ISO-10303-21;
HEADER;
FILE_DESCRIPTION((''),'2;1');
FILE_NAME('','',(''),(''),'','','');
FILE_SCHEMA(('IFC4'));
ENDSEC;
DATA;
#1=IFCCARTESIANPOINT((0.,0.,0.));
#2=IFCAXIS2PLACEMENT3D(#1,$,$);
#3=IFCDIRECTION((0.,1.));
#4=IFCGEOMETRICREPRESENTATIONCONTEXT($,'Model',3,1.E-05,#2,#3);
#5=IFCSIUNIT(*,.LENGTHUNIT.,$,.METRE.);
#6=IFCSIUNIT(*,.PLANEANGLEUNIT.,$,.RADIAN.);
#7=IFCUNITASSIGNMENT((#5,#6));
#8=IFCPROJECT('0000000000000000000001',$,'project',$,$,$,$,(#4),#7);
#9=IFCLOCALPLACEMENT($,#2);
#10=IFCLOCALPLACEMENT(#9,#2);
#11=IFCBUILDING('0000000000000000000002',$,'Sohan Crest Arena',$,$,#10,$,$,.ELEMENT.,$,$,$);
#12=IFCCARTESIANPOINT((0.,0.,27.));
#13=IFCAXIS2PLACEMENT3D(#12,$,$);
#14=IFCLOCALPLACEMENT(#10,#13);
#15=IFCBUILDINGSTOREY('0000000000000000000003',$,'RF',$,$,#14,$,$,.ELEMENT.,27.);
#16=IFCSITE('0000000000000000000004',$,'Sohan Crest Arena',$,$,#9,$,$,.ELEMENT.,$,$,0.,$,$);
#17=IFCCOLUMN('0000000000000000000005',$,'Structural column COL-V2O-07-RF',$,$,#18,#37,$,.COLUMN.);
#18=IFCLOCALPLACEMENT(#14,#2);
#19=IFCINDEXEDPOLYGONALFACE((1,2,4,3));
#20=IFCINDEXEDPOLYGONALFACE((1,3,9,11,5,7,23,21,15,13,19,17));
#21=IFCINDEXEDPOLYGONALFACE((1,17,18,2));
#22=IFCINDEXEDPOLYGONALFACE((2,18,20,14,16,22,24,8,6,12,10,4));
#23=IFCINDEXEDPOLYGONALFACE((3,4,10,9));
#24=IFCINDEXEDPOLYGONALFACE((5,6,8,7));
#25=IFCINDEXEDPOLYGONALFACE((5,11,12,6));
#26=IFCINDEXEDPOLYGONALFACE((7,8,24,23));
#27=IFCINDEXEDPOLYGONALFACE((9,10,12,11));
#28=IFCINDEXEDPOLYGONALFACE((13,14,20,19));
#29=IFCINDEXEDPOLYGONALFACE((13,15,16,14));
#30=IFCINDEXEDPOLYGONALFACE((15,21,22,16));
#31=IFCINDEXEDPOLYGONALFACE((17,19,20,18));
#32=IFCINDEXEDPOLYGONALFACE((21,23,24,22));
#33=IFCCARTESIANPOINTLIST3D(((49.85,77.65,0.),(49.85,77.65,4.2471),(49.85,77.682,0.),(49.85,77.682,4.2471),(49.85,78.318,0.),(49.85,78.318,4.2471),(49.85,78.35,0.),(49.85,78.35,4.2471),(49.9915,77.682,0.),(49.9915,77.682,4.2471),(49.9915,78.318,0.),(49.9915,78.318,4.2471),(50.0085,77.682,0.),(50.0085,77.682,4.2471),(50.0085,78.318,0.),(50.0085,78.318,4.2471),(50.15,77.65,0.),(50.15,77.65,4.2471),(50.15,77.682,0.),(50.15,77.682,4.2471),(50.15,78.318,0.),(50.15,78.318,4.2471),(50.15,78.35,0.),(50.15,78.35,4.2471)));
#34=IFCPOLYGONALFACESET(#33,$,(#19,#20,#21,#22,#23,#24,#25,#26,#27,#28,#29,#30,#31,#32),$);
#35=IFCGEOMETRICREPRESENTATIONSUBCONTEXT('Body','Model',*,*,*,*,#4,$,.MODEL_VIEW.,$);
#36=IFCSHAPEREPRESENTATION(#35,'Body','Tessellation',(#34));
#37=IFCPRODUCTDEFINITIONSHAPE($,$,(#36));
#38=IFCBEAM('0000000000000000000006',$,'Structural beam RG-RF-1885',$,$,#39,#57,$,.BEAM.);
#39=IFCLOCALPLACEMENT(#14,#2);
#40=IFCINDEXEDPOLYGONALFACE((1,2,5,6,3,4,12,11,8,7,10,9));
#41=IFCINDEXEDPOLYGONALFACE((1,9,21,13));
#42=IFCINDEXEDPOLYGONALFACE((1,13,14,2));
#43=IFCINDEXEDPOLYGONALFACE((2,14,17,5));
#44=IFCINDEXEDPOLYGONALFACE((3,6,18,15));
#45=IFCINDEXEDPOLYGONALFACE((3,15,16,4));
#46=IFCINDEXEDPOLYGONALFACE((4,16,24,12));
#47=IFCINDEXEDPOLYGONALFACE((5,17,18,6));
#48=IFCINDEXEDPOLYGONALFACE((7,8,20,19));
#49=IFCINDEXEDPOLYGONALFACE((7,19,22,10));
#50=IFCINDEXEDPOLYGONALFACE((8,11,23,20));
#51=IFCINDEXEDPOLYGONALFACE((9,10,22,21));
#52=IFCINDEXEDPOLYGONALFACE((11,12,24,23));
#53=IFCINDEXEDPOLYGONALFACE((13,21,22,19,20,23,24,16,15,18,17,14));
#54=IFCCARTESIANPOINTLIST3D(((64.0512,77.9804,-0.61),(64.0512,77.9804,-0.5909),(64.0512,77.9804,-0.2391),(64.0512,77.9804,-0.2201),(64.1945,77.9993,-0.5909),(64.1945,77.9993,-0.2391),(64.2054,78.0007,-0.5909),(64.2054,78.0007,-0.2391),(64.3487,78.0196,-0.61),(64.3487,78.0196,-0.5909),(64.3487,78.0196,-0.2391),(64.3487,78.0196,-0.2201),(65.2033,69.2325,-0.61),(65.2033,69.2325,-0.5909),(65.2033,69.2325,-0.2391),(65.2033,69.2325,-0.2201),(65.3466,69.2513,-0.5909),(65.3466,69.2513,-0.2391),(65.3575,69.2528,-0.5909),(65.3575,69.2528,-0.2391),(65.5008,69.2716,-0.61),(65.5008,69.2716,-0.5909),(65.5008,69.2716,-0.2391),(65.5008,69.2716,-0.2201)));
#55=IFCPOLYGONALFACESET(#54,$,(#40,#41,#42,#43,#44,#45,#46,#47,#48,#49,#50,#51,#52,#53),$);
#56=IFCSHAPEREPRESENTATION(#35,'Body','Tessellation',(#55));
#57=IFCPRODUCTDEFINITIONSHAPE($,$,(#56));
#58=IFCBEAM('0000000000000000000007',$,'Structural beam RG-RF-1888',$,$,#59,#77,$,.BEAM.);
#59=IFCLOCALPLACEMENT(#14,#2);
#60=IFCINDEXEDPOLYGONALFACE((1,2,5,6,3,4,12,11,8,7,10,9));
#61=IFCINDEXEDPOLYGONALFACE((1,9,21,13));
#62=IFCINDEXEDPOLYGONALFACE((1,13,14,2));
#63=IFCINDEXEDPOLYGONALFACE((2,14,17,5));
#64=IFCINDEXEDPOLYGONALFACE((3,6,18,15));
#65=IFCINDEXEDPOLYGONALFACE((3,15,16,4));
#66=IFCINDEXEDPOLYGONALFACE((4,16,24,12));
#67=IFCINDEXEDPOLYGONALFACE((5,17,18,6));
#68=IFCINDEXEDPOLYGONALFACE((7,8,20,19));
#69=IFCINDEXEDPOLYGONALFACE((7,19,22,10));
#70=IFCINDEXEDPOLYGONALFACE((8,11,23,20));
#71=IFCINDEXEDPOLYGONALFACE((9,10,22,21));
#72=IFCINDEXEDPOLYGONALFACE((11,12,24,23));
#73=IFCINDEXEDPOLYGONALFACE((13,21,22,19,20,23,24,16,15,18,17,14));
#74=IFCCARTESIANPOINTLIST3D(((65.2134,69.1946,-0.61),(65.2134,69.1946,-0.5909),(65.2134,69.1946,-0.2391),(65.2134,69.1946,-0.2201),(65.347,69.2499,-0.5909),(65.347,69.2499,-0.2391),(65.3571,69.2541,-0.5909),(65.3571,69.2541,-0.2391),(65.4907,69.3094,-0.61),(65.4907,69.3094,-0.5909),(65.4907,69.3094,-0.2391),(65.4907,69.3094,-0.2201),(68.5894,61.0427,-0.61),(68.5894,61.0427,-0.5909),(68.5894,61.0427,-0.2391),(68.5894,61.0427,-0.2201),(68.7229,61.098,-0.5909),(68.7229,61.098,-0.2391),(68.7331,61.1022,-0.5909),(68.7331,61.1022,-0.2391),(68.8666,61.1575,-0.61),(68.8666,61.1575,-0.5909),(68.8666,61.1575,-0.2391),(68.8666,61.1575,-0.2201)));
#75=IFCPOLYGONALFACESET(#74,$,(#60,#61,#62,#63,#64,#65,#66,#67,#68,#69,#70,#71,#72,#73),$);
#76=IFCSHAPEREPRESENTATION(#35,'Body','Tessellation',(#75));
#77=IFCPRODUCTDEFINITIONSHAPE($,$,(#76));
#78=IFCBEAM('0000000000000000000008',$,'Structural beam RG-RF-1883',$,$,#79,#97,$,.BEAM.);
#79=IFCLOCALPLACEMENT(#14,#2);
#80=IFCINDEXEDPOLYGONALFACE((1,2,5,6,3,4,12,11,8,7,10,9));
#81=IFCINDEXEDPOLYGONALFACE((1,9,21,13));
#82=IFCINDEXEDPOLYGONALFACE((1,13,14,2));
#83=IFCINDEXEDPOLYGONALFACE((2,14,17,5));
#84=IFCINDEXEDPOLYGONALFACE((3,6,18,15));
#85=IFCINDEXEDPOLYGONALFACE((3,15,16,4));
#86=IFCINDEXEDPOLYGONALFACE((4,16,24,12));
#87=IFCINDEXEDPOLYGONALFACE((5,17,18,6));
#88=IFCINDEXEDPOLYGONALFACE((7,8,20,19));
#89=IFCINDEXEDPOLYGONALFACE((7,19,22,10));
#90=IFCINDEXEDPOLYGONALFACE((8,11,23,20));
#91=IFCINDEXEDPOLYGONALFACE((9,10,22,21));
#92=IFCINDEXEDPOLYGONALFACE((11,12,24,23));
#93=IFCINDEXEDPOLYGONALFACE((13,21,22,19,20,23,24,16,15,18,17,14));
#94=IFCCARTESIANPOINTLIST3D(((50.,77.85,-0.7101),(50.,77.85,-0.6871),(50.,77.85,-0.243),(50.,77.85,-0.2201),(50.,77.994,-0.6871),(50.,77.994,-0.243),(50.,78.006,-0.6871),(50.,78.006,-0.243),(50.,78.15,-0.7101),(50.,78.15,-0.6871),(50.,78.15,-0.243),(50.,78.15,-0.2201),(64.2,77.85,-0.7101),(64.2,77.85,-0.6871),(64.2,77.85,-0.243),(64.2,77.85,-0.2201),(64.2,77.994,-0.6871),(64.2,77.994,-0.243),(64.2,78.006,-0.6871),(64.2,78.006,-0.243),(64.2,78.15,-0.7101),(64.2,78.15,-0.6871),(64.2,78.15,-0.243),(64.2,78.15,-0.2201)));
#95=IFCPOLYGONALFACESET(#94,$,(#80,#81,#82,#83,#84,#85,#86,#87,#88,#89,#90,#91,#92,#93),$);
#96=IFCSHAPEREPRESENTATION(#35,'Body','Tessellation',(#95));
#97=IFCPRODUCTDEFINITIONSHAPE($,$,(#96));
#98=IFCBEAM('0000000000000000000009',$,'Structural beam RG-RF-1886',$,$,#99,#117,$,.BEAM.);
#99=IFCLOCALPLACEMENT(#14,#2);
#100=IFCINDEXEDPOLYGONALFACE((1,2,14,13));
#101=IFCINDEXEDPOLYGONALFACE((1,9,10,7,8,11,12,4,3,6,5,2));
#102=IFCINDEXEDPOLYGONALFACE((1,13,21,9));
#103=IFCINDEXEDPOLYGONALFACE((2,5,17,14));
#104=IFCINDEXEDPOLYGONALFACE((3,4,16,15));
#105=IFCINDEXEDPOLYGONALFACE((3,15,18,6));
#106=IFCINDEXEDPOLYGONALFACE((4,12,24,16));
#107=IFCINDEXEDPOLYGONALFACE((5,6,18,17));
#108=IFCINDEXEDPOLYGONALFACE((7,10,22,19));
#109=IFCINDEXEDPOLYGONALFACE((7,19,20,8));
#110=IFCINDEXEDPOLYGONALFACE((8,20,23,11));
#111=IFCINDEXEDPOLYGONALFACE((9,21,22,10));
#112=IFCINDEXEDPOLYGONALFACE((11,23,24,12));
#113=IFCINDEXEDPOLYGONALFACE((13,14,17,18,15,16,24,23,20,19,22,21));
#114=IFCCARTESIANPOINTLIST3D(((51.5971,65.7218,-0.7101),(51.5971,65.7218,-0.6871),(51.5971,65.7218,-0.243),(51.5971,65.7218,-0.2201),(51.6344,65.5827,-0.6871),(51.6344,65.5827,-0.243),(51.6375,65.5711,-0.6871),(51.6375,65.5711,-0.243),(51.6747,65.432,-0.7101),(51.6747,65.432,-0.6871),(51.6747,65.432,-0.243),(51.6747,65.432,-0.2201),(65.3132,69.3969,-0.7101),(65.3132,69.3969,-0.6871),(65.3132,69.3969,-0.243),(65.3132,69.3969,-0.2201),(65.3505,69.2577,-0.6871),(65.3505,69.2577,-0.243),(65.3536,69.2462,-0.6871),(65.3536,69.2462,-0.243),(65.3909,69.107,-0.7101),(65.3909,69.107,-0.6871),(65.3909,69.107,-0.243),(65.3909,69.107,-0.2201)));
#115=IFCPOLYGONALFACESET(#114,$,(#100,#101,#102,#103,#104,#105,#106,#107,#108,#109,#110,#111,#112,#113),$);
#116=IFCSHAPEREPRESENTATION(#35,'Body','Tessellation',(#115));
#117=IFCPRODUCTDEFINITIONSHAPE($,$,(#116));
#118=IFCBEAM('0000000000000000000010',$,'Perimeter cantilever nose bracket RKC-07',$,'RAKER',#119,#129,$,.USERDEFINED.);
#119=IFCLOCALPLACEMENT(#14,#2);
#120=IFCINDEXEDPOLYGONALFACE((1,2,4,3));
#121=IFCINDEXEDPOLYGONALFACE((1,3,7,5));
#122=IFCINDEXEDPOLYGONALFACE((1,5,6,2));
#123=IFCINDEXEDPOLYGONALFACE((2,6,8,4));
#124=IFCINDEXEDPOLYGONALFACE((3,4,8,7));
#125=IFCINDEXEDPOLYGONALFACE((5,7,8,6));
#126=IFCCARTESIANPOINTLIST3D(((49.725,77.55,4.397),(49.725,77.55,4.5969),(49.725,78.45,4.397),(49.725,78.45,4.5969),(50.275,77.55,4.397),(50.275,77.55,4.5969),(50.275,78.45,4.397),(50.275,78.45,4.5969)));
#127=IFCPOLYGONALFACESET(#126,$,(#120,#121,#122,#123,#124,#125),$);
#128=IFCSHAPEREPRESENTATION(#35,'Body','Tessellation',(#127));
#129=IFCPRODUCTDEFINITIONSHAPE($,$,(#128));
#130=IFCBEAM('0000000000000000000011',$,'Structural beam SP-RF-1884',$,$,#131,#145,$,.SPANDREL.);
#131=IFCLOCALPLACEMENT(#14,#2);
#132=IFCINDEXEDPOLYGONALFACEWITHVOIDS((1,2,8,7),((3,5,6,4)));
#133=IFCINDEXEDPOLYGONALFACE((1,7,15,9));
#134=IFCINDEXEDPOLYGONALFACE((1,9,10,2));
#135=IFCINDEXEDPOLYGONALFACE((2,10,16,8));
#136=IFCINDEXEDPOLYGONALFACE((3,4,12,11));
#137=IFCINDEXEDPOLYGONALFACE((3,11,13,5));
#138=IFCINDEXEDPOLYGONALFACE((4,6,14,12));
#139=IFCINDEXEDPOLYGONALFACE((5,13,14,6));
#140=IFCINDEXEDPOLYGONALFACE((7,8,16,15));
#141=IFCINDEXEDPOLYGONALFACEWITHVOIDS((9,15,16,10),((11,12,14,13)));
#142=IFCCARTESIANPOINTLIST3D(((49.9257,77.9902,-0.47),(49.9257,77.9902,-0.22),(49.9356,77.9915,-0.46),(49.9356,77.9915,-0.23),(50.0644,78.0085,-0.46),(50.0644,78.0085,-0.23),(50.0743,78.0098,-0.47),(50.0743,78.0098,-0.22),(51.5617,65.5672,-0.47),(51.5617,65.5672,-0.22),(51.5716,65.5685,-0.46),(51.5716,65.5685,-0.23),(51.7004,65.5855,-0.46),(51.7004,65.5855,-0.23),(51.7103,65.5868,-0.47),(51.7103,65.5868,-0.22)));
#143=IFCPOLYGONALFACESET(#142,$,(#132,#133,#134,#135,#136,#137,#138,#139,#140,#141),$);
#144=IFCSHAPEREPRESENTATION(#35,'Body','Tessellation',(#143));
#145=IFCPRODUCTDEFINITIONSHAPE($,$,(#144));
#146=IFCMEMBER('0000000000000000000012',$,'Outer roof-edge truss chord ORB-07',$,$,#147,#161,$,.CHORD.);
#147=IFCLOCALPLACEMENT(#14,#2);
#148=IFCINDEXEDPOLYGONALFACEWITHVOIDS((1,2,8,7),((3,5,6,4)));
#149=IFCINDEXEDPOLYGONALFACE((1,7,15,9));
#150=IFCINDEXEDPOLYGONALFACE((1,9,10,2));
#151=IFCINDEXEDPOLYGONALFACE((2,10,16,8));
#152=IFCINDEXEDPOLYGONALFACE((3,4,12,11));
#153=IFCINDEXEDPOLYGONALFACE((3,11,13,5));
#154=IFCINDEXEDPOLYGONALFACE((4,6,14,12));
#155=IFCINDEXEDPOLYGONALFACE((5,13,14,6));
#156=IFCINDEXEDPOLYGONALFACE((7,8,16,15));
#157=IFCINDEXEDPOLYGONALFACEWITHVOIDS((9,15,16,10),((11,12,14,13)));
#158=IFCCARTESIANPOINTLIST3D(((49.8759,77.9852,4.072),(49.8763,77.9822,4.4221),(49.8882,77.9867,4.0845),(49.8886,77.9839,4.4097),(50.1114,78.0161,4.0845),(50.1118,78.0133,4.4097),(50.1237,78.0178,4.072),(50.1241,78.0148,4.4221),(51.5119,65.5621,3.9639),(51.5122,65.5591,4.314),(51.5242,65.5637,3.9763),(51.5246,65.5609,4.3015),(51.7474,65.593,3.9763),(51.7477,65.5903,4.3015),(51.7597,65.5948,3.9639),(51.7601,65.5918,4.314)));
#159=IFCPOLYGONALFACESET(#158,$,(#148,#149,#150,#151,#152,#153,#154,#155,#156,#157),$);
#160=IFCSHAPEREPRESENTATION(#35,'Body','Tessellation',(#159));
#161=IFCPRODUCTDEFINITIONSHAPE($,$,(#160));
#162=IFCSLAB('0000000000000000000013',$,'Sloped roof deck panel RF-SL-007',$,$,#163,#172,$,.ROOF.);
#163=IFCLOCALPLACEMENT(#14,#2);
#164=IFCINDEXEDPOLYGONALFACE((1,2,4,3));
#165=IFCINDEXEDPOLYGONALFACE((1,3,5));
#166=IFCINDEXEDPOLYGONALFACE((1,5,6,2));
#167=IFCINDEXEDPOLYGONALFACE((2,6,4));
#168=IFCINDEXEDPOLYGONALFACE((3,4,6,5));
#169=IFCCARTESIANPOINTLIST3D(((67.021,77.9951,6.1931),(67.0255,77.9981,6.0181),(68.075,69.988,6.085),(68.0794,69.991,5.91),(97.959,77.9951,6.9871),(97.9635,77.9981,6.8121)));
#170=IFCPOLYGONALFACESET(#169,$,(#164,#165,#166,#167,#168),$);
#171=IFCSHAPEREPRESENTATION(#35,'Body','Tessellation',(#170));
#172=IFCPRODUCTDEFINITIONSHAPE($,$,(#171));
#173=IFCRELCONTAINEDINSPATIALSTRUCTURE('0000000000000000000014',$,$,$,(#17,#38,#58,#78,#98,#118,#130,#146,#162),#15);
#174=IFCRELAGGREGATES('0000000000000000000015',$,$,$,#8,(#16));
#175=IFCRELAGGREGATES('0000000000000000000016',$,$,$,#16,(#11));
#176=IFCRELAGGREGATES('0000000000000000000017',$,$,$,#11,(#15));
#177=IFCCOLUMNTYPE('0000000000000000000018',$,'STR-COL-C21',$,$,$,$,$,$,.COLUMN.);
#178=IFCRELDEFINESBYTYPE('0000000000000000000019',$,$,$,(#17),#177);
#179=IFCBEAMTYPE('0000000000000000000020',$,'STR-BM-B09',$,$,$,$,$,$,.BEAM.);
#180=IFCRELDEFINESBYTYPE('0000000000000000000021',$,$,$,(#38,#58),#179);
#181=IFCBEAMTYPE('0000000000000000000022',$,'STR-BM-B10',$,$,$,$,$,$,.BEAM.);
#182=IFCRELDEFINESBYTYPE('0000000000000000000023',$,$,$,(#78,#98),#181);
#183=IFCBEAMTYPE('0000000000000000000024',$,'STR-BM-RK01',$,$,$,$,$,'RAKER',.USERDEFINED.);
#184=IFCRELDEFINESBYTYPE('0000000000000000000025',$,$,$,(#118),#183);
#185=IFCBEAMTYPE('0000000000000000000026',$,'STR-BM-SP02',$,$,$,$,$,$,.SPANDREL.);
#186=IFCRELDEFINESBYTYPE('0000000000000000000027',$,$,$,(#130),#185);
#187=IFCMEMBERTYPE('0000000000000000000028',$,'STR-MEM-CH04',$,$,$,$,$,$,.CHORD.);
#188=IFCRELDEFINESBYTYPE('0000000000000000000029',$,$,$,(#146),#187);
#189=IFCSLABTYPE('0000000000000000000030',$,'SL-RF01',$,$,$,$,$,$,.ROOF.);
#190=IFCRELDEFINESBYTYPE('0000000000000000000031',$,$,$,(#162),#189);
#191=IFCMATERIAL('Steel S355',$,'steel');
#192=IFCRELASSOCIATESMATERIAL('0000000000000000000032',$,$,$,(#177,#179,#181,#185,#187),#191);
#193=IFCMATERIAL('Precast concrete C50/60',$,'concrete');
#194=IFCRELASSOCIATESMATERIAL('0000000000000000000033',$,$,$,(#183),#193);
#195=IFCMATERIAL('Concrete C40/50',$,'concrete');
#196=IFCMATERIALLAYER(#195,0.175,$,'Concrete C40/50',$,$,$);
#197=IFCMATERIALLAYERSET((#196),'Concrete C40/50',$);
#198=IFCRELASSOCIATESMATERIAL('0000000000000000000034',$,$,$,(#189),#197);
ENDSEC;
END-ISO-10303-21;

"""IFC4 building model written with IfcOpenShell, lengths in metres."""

from ifc_helpers import new_model, si_unit, direction, frame, origin, origin_2d, place, context, subcontext, project, spatial, polyline, rectangle, hollow_rectangle, i_section, outline, extrude, material, layer, layer_set, material_profile, profile_set, type_object, element, save


model = new_model("IFC4")

# Units and contexts
model_context = context("Model", 3, precision=1e-05, world=origin(), true_north=direction((0.0, 1.0)))
body_context = subcontext(model_context, "Body", "Model", "MODEL_VIEW")
ifc_project = project(units=[si_unit("LENGTHUNIT", "METRE"), si_unit("PLANEANGLEUNIT", "RADIAN")], contexts=[model_context])

# Site, building, storey
site_placement = place(None, origin())
site = spatial("IfcSite", under=ifc_project, at=site_placement, Name="Sohan Crest Arena", CompositionType="ELEMENT", RefElevation=0.0)
building_placement = place(site_placement, origin())
building = spatial("IfcBuilding", under=site, at=building_placement, Name="Sohan Crest Arena", CompositionType="ELEMENT")
storey_placement = place(building_placement, frame((0.0, 0.0, 27.0)))
storey = spatial("IfcBuildingStorey", under=building, at=storey_placement, Name="RF", CompositionType="ELEMENT", Elevation=27.0)

# Column
ifc_material_1 = material(Name="Steel S355", Category="steel")
ifc_material_profile_1 = material_profile(ifc_material_1, i_section(OverallWidth=0.3, OverallDepth=0.7, WebThickness=0.0171, FlangeThickness=0.032, at=origin_2d()), Name="HEB 700")
ifc_profile_set_1 = profile_set([ifc_material_profile_1], Name="Steel S355")
column_type = type_object("IfcColumnType", Name="STR-COL-C21", PredefinedType="COLUMN", material=ifc_profile_set_1)
column_placement = place(storey_placement, frame((50.0, 78.0, 0.0), z_axis=(0.0, 0.0, 1.0), x_axis=(1.0, 0.0, 0.0)))
element("IfcColumn", 1, at=column_placement, inside=storey, type_object=column_type, Name="Structural column COL-V2O-07-RF", PredefinedType="COLUMN", context=body_context, shape_type="SweptSolid", body=[
    extrude(i_section(OverallWidth=0.3, OverallDepth=0.7, WebThickness=0.0171, FlangeThickness=0.032, at=origin_2d()), origin(), (0.0, 0.0, 1.0), 4.2471),
])

# Beams
ifc_material_profile_2 = material_profile(ifc_material_1, i_section(OverallWidth=0.3, OverallDepth=0.3899, WebThickness=0.011, FlangeThickness=0.019, at=origin_2d()), Name="HEA 400")
ifc_profile_set_2 = profile_set([ifc_material_profile_2], Name="Steel S355")
beam_type_1 = type_object("IfcBeamType", Name="STR-BM-B09", PredefinedType="BEAM", material=ifc_profile_set_2)
beam_1_placement = place(storey_placement, frame((64.2, 78.0, -0.415), z_axis=(0.13057, -0.991439, 0.0), x_axis=(0.991439, 0.13057, 0.0)))
element("IfcBeam", 2, at=beam_1_placement, inside=storey, type_object=beam_type_1, Name="Structural beam RG-RF-1885", PredefinedType="BEAM", context=body_context, shape_type="SweptSolid", body=[
    extrude(i_section(OverallWidth=0.3, OverallDepth=0.3899, WebThickness=0.011, FlangeThickness=0.019, at=origin_2d()), origin(), (0.0, 0.0, 1.0), 8.8235),
])
beam_2_placement = place(storey_placement, frame((65.3521, 69.252, -0.415), z_axis=(0.382622, -0.923905, 0.0), x_axis=(0.923905, 0.382622, 0.0)))
element("IfcBeam", 3, at=beam_2_placement, inside=storey, type_object=beam_type_1, Name="Structural beam RG-RF-1888", PredefinedType="BEAM", context=body_context, shape_type="SweptSolid", body=[
    extrude(i_section(OverallWidth=0.3, OverallDepth=0.3899, WebThickness=0.011, FlangeThickness=0.019, at=origin_2d()), origin(), (0.0, 0.0, 1.0), 8.8232),
])
ifc_material_profile_3 = material_profile(ifc_material_1, i_section(OverallWidth=0.3, OverallDepth=0.49, WebThickness=0.012, FlangeThickness=0.0229, at=origin_2d()), Name="HEA 500")
ifc_profile_set_3 = profile_set([ifc_material_profile_3], Name="Steel S355")
beam_type_2 = type_object("IfcBeamType", Name="STR-BM-B10", PredefinedType="BEAM", material=ifc_profile_set_3)
for number, where, z_axis, x_axis, name in (
    (4, (64.2, 78.0, -0.4651), (-1.0, 0.0, 0.0), (0.0, -1.0, 0.0), "Structural beam RG-RF-1883"),
    (5, (65.3521, 69.252, -0.4651), (-0.965929, -0.258809, 0.0), (0.258809, -0.965929, 0.0), "Structural beam RG-RF-1886"),
):
    element("IfcBeam", number, at=place(storey_placement, frame(where, z_axis=z_axis, x_axis=x_axis)), inside=storey, type_object=beam_type_2, Name=name, PredefinedType="BEAM", context=body_context, shape_type="SweptSolid", body=[
        extrude(i_section(OverallWidth=0.3, OverallDepth=0.49, WebThickness=0.012, FlangeThickness=0.0229, at=origin_2d()), origin(), (0.0, 0.0, 1.0), 14.2),
    ])
ifc_material_2 = material(Name="Precast concrete C50/60", Category="concrete")
ifc_material_profile_4 = material_profile(ifc_material_2, rectangle(XDim=0.55, YDim=0.8999, at=origin_2d()), Name="RAKER 550x900")
ifc_profile_set_4 = profile_set([ifc_material_profile_4], Name="Precast concrete C50/60")
beam_type_3 = type_object("IfcBeamType", Name="STR-BM-RK01", ElementType="RAKER", PredefinedType="USERDEFINED", material=ifc_profile_set_4)
beam_3_placement = place(storey_placement, frame((50.0, 78.0, 4.5969), z_axis=(0.0, 0.0, -1.0), x_axis=(1.0, 0.0, 0.0)))
element("IfcBeam", 6, at=beam_3_placement, inside=storey, type_object=beam_type_3, Name="Perimeter cantilever nose bracket RKC-07", ObjectType="RAKER", PredefinedType="USERDEFINED", context=body_context, shape_type="SweptSolid", body=[
    extrude(rectangle(XDim=0.55, YDim=0.8999, at=origin_2d()), origin(), (0.0, 0.0, 1.0), 0.2),
])
ifc_material_profile_5 = material_profile(ifc_material_1, hollow_rectangle(XDim=0.1499, YDim=0.25, WallThickness=0.01, at=origin_2d()), Name="RHS 250x150x10")
ifc_profile_set_5 = profile_set([ifc_material_profile_5], Name="Steel S355")
beam_type_4 = type_object("IfcBeamType", Name="STR-BM-SP02", PredefinedType="SPANDREL", material=ifc_profile_set_5)
beam_4_placement = place(storey_placement, frame((50.0, 78.0, -0.345), z_axis=(0.130562, -0.99144, 0.0), x_axis=(0.99144, 0.130562, 0.0)))
element("IfcBeam", 7, at=beam_4_placement, inside=storey, type_object=beam_type_4, Name="Structural beam SP-RF-1884", PredefinedType="SPANDREL", context=body_context, shape_type="SweptSolid", body=[
    extrude(hollow_rectangle(XDim=0.1499, YDim=0.25, WallThickness=0.01, at=origin_2d()), origin(), (0.0, 0.0, 1.0), 12.5303),
])

# Member
ifc_material_profile_6 = material_profile(ifc_material_1, hollow_rectangle(XDim=0.25, YDim=0.3501, WallThickness=0.0125, at=origin_2d()), Name="RHS 350x250x12.5")
ifc_profile_set_6 = profile_set([ifc_material_profile_6], Name="Steel S355")
member_type = type_object("IfcMemberType", Name="STR-MEM-CH04", PredefinedType="CHORD", material=ifc_profile_set_6)
member_placement = place(storey_placement, frame((50.0, 78.0, 4.2471), z_axis=(0.130557, -0.991403, -0.008631), x_axis=(0.99144, 0.130562, 0.0)))
element("IfcMember", 8, at=member_placement, inside=storey, type_object=member_type, Name="Outer roof-edge truss chord ORB-07", PredefinedType="CHORD", context=body_context, shape_type="SweptSolid", body=[
    extrude(hollow_rectangle(XDim=0.25, YDim=0.3501, WallThickness=0.0125, at=origin_2d()), origin(), (0.0, 0.0, 1.0), 12.5308),
])

# Slab
ifc_material_3 = material(Name="Concrete C40/50", Category="concrete")
ifc_layer_1 = layer(ifc_material_3, 0.175, Name="Concrete C40/50")
ifc_layer_set_1 = layer_set([ifc_layer_1], Name="Concrete C40/50")
slab_type_1 = type_object("IfcSlabType", Name="SL-RF01", PredefinedType="ROOF", material=ifc_layer_set_1)
slab_1_placement = place(storey_placement, frame((67.021, 77.9951, 6.1931), z_axis=(-0.02565, -0.016877, 0.999528), x_axis=(0.130491, -0.991359, -0.013391)))
element("IfcSlab", 9, at=slab_1_placement, inside=storey, type_object=slab_type_1, Name="Sloped roof deck panel RF-SL-007", PredefinedType="ROOF", context=body_context, shape_type="SweptSolid", body=[
    extrude(outline(polyline([(0.0, 0.0), (8.0769, 0.0), (4.0265, 30.6851), (0.0, 0.0)])), origin(), (0.0, 0.0, -1.0), 0.175),
])

save(model, "model.ifc")
